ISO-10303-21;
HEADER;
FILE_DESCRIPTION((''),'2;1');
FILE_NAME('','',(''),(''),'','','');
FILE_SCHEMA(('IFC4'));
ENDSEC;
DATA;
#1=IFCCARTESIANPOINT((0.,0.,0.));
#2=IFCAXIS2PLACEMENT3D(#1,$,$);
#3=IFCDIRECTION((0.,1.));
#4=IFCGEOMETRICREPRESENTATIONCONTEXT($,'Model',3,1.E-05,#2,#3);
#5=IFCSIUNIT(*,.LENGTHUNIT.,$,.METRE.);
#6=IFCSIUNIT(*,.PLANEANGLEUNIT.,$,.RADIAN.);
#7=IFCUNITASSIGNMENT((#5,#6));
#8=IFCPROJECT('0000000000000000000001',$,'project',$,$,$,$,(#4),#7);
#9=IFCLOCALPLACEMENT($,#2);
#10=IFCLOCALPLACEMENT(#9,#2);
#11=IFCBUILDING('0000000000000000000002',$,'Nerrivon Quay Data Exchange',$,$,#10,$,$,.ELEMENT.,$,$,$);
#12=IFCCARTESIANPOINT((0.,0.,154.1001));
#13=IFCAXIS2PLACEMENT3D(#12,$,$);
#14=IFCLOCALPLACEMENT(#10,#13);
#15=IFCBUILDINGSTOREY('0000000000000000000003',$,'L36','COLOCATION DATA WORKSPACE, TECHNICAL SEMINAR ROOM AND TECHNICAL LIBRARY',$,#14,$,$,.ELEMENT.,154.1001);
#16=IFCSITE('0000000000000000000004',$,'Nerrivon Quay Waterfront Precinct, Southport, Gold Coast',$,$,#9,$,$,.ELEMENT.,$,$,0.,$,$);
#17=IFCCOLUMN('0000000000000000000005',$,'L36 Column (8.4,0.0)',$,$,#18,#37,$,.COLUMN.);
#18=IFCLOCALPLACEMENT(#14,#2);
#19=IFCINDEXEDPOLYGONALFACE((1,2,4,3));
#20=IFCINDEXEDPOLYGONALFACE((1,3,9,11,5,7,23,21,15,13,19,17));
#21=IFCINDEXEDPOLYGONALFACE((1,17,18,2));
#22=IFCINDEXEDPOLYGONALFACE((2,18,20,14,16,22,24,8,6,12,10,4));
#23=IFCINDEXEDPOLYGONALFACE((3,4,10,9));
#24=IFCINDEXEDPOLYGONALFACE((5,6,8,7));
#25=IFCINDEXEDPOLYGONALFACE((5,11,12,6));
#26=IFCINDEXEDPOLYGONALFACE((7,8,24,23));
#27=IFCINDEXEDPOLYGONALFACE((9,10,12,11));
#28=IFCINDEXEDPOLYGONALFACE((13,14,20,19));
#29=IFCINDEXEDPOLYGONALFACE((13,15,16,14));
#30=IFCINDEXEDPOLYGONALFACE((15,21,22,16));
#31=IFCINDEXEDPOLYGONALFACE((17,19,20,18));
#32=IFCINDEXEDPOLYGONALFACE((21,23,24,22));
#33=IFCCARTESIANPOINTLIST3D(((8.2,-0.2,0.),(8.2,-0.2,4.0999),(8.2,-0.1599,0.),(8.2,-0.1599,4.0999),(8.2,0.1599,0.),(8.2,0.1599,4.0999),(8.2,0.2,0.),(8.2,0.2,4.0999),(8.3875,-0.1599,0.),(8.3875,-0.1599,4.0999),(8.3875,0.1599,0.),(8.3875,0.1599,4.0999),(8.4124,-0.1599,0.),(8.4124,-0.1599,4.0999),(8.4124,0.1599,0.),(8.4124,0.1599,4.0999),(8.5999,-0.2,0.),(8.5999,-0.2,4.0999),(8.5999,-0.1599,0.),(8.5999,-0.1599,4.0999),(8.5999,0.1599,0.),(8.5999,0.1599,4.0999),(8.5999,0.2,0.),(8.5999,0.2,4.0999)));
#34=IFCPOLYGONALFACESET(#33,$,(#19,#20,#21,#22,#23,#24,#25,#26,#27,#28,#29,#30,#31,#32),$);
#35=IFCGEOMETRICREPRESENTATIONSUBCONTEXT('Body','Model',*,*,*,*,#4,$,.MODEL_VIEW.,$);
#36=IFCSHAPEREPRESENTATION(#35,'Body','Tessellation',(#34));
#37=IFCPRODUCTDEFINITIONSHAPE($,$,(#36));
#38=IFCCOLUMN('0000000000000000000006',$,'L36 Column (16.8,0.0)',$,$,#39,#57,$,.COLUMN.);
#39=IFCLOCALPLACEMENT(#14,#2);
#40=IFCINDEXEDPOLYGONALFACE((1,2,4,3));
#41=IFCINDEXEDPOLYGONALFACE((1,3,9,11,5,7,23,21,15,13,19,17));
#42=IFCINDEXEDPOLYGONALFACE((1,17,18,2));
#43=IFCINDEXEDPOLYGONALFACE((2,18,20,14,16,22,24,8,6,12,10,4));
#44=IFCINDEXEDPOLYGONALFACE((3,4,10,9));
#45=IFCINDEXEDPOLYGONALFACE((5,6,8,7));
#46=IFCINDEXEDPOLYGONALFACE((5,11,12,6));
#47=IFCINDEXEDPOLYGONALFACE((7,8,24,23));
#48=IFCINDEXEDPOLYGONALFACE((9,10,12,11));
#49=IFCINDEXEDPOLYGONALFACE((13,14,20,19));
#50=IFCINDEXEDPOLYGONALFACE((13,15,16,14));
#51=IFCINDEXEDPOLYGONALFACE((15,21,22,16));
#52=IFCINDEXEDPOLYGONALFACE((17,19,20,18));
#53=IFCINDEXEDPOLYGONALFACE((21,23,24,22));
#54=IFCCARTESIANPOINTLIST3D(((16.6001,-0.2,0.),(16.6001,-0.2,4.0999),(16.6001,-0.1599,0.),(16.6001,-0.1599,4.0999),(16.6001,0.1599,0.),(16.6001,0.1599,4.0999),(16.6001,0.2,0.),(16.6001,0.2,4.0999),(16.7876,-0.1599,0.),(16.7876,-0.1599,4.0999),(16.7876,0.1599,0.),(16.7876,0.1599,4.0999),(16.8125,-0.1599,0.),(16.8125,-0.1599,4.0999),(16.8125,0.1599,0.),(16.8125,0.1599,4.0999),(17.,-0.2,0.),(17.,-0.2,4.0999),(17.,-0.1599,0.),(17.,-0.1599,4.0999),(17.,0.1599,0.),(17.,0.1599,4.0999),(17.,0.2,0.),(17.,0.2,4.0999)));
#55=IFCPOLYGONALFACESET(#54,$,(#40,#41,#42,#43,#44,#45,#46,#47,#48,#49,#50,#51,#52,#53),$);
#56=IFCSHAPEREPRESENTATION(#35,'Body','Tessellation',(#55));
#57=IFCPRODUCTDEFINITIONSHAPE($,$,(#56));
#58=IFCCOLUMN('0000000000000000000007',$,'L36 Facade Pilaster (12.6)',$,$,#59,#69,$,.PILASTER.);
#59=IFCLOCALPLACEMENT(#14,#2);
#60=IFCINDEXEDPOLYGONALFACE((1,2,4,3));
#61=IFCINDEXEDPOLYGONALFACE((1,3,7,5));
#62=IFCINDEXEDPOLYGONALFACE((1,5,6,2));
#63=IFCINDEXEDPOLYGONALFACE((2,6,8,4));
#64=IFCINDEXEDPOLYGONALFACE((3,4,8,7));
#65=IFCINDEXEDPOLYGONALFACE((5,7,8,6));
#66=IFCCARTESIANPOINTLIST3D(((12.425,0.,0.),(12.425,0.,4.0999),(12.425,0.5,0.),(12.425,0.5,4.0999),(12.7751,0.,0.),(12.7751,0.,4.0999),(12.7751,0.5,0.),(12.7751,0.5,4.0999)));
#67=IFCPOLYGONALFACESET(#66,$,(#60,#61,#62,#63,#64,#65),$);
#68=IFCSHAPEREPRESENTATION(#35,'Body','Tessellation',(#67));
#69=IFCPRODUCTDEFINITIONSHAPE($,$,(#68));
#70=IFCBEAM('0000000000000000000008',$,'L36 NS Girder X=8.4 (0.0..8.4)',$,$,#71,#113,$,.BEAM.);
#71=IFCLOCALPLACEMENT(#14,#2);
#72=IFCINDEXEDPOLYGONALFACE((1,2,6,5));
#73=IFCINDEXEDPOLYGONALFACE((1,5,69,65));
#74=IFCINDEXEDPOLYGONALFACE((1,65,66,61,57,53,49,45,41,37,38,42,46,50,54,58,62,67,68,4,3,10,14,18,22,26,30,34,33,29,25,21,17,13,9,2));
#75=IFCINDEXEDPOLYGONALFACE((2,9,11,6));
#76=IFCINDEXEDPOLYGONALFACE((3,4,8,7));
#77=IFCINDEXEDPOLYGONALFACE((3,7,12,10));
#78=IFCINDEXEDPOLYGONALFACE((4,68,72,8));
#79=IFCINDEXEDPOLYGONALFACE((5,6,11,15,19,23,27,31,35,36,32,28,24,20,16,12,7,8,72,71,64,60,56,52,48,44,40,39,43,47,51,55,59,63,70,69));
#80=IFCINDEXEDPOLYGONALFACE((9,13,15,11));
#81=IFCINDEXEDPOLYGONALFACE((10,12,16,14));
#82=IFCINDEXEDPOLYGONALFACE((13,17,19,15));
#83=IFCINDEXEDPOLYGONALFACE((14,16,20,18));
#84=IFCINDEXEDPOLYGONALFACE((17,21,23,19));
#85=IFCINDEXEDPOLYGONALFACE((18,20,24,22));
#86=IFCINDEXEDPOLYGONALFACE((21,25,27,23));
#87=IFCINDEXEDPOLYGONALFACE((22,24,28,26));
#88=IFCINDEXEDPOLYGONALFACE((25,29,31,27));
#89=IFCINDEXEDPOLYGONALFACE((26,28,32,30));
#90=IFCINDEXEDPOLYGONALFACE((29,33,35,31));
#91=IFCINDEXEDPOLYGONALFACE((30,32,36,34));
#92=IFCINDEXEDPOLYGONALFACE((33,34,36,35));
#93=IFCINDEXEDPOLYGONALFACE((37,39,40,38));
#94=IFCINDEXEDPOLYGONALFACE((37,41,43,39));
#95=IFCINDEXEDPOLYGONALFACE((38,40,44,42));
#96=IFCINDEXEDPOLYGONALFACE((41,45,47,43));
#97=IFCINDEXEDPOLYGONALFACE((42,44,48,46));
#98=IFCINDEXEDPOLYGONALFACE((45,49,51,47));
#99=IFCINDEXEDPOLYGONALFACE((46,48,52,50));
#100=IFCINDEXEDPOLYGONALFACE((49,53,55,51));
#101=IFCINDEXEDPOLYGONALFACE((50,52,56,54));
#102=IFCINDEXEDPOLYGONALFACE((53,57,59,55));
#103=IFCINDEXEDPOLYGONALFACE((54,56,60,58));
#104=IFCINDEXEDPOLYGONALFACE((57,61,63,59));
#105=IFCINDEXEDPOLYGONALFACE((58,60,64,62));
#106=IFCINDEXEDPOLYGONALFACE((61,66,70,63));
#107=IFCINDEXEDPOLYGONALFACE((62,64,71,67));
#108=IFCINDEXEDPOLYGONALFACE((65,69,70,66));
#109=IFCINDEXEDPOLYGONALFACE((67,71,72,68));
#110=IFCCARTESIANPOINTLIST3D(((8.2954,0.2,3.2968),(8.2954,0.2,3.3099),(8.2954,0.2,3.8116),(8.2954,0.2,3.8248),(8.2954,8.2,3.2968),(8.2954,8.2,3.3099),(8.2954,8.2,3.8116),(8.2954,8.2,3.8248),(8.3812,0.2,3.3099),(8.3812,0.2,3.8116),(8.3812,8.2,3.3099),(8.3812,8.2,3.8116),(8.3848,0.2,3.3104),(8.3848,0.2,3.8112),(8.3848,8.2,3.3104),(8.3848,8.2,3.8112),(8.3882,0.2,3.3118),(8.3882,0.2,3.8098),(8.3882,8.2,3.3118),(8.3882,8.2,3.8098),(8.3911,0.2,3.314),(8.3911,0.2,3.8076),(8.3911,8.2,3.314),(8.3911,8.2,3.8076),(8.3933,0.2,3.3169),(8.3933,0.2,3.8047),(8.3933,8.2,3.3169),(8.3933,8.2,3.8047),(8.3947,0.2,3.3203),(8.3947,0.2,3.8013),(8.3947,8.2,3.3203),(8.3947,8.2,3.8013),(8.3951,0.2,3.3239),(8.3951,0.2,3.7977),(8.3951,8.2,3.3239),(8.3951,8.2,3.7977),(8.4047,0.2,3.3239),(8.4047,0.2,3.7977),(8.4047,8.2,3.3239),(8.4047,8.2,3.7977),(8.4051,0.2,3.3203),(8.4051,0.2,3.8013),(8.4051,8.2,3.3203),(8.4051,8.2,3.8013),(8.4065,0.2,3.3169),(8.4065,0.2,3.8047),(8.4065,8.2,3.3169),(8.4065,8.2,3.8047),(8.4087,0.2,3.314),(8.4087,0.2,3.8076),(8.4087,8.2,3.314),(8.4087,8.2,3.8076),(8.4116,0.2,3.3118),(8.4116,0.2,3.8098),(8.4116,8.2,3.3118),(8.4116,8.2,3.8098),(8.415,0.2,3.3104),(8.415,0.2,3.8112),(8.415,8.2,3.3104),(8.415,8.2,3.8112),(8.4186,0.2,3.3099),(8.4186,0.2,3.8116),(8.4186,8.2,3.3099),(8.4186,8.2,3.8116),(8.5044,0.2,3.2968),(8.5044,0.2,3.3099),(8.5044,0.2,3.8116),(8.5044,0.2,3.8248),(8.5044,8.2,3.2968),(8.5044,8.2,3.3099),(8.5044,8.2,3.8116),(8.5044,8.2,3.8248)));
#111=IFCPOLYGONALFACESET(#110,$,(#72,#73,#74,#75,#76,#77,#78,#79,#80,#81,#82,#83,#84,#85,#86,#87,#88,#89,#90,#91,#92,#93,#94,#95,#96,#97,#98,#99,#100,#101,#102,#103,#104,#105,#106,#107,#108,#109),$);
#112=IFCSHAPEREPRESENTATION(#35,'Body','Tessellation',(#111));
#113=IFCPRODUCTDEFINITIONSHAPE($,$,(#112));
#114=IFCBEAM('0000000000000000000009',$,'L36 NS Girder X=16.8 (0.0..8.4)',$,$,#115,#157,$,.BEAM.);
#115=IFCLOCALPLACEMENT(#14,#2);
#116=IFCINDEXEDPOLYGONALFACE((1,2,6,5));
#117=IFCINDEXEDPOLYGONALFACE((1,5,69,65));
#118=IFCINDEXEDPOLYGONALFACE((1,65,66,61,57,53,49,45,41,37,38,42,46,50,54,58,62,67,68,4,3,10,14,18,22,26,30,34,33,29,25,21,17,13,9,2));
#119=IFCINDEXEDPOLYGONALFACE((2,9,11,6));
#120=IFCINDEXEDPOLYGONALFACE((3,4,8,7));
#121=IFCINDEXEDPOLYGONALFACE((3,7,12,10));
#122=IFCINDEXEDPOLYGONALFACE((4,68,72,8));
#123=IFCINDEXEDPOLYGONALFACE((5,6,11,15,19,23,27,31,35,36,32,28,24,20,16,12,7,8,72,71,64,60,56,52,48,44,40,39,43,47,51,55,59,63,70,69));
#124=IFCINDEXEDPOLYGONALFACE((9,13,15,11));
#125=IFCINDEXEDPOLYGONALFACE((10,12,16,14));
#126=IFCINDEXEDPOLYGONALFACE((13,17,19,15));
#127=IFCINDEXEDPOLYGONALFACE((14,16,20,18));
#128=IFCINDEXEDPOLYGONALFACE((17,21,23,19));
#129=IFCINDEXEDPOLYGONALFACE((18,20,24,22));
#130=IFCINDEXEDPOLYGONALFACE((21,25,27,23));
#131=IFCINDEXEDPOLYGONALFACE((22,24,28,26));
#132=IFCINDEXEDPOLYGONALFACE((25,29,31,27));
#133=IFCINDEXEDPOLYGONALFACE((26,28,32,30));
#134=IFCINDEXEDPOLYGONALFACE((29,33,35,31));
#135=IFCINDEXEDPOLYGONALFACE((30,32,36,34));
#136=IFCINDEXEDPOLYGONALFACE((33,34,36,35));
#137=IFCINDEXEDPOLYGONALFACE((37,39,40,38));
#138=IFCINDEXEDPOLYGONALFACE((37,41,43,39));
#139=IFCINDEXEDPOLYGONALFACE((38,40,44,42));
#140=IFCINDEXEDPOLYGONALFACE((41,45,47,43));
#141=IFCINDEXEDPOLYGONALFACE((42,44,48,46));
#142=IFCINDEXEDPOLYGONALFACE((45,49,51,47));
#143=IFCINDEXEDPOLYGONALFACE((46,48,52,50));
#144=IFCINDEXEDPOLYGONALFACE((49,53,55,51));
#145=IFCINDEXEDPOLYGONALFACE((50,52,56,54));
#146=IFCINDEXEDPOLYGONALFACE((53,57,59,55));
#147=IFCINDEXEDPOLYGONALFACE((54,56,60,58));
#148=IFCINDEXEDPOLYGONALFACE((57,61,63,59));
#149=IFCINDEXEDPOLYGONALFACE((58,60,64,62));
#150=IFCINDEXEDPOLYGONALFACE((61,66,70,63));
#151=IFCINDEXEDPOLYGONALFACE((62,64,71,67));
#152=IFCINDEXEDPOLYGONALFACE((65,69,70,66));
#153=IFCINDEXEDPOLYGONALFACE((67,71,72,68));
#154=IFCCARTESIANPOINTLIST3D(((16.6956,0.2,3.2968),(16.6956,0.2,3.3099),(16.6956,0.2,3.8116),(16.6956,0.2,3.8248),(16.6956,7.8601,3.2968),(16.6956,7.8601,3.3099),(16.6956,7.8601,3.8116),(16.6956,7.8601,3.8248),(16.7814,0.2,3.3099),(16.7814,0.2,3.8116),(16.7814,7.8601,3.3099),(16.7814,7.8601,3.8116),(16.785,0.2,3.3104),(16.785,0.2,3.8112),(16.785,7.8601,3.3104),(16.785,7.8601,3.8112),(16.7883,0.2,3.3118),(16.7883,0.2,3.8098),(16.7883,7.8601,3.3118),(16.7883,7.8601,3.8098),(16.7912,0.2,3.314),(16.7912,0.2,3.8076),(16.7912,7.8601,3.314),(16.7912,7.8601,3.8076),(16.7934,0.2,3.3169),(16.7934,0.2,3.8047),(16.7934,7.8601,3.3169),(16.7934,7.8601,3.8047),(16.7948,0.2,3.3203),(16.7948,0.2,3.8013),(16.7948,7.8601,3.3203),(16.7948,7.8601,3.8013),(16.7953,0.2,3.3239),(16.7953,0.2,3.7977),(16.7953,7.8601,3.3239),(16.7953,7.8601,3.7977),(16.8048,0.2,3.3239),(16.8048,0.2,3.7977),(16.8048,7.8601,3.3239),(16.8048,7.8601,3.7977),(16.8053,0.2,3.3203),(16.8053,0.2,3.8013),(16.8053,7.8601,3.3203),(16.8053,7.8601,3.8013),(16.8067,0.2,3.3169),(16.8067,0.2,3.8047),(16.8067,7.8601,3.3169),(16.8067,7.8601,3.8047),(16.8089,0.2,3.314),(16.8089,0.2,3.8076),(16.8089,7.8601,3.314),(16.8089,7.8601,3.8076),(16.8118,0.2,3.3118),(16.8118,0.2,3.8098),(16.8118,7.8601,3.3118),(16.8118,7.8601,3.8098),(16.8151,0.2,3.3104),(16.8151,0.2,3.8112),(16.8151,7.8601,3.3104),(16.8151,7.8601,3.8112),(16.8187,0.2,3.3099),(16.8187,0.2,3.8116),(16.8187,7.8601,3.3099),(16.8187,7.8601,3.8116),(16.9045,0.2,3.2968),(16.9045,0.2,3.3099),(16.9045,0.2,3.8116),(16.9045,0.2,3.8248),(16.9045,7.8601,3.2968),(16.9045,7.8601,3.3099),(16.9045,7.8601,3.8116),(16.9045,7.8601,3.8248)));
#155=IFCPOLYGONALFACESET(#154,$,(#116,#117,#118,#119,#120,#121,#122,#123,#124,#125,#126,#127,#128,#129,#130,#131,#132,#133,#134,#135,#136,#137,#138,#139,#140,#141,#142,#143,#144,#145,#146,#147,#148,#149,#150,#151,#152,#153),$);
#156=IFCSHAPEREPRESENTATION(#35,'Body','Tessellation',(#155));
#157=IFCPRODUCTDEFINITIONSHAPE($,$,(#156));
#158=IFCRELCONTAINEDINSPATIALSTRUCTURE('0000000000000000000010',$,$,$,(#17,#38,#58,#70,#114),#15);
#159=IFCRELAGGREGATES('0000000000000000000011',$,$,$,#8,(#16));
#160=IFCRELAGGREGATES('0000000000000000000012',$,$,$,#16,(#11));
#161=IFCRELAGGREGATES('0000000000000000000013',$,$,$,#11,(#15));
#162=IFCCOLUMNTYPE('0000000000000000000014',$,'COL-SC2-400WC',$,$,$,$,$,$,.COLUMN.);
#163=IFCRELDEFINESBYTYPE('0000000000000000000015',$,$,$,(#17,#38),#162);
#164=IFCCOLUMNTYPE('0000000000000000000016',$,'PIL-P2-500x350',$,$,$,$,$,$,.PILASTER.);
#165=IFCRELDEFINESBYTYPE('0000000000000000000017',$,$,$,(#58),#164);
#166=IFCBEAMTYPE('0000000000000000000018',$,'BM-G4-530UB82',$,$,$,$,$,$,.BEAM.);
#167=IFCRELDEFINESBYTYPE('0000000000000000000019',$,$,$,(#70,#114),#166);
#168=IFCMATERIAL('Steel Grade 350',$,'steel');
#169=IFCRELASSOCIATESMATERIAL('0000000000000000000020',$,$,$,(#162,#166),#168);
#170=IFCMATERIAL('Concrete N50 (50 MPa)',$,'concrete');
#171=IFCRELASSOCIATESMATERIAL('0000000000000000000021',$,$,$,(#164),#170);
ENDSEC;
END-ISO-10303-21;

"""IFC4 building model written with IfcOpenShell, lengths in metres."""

from ifc_helpers import new_model, si_unit, direction, frame, origin, origin_2d, place, context, subcontext, project, spatial, rectangle, i_section, extrude, material, material_profile, profile_set, type_object, element, save


model = new_model("IFC4")

# Units and contexts
model_context = context("Model", 3, precision=1e-05, world=origin(), true_north=direction((0.0, 1.0)))
body_context = subcontext(model_context, "Body", "Model", "MODEL_VIEW")
ifc_project = project(units=[si_unit("LENGTHUNIT", "METRE"), si_unit("PLANEANGLEUNIT", "RADIAN")], contexts=[model_context])

# Site, building, storey
site_placement = place(None, origin())
site = spatial("IfcSite", under=ifc_project, at=site_placement, Name="Nerrivon Quay Waterfront Precinct, Southport, Gold Coast", CompositionType="ELEMENT", RefElevation=0.0)
building_placement = place(site_placement, origin())
building = spatial("IfcBuilding", under=site, at=building_placement, Name="Nerrivon Quay Data Exchange", CompositionType="ELEMENT")
storey_placement = place(building_placement, frame((0.0, 0.0, 154.1001)))
storey = spatial("IfcBuildingStorey", under=building, at=storey_placement, Name="L36", Description="COLOCATION DATA WORKSPACE, TECHNICAL SEMINAR ROOM AND TECHNICAL LIBRARY", CompositionType="ELEMENT", Elevation=154.1001)

# Columns
ifc_material_1 = material(Name="Steel Grade 350", Category="steel")
ifc_material_profile_1 = material_profile(ifc_material_1, i_section(OverallWidth=0.3999, OverallDepth=0.3999, WebThickness=0.0249, FlangeThickness=0.04, at=origin_2d()), Name="400WC328")
ifc_profile_set_1 = profile_set([ifc_material_profile_1], Name="Steel Grade 350")
column_type_1 = type_object("IfcColumnType", Name="COL-SC2-400WC", PredefinedType="COLUMN", material=ifc_profile_set_1)
for number, where, z_axis, x_axis, name in (
    (1, (8.3999, 0.0, 0.0), (0.0, 0.0, 1.0), (1.0, 0.0, 0.0), "L36 Column (8.4,0.0)"),
    (2, (16.8, 0.0, 0.0), (0.0, 0.0, 1.0), (1.0, 0.0, 0.0), "L36 Column (16.8,0.0)"),
):
    element("IfcColumn", number, at=place(storey_placement, frame(where, z_axis=z_axis, x_axis=x_axis)), inside=storey, type_object=column_type_1, Name=name, PredefinedType="COLUMN", context=body_context, shape_type="SweptSolid", body=[
        extrude(i_section(OverallWidth=0.3999, OverallDepth=0.3999, WebThickness=0.0249, FlangeThickness=0.04, at=origin_2d()), origin(), (0.0, 0.0, 1.0), 4.0999),
    ])
ifc_material_2 = material(Name="Concrete N50 (50 MPa)", Category="concrete")
ifc_material_profile_2 = material_profile(ifc_material_2, rectangle(XDim=0.3501, YDim=0.5, at=origin_2d()), Name="RC-PIL-500x350")
ifc_profile_set_2 = profile_set([ifc_material_profile_2], Name="Concrete N50 (50 MPa)")
column_type_2 = type_object("IfcColumnType", Name="PIL-P2-500x350", PredefinedType="PILASTER", material=ifc_profile_set_2)
column_placement = place(storey_placement, frame((12.6001, 0.25, 0.0), z_axis=(0.0, 0.0, 1.0), x_axis=(1.0, 0.0, 0.0)))
element("IfcColumn", 3, at=column_placement, inside=storey, type_object=column_type_2, Name="L36 Facade Pilaster (12.6)", PredefinedType="PILASTER", context=body_context, shape_type="SweptSolid", body=[
    extrude(rectangle(XDim=0.3501, YDim=0.5, at=origin_2d()), origin(), (0.0, 0.0, 1.0), 4.0999),
])

# Beams
ifc_material_profile_3 = material_profile(ifc_material_1, i_section(OverallWidth=0.209, OverallDepth=0.5281, WebThickness=0.0095, FlangeThickness=0.0132, FilletRadius=0.0139, at=origin_2d()), Name="530UB82.0")
ifc_profile_set_3 = profile_set([ifc_material_profile_3], Name="Steel Grade 350")
beam_type_1 = type_object("IfcBeamType", Name="BM-G4-530UB82", PredefinedType="BEAM", material=ifc_profile_set_3)
beam_1_placement = place(storey_placement, frame((8.3999, 0.2, 3.5608), z_axis=(0.0, 1.0, 0.0), x_axis=(-1.0, 0.0, 0.0)))
element("IfcBeam", 4, at=beam_1_placement, inside=storey, type_object=beam_type_1, Name="L36 NS Girder X=8.4 (0.0..8.4)", PredefinedType="BEAM", context=body_context, shape_type="SweptSolid", body=[
    extrude(i_section(OverallWidth=0.209, OverallDepth=0.5281, WebThickness=0.0095, FlangeThickness=0.0132, FilletRadius=0.0139, at=origin_2d()), origin(), (0.0, 0.0, 1.0), 8.0),
])
beam_2_placement = place(storey_placement, frame((16.8, 0.2, 3.5608), z_axis=(0.0, 1.0, 0.0), x_axis=(-1.0, 0.0, 0.0)))
element("IfcBeam", 5, at=beam_2_placement, inside=storey, type_object=beam_type_1, Name="L36 NS Girder X=16.8 (0.0..8.4)", PredefinedType="BEAM", context=body_context, shape_type="SweptSolid", body=[
    extrude(i_section(OverallWidth=0.209, OverallDepth=0.5281, WebThickness=0.0095, FlangeThickness=0.0132, FilletRadius=0.0139, at=origin_2d()), origin(), (0.0, 0.0, 1.0), 7.6602),
])

save(model, "model.ifc")
